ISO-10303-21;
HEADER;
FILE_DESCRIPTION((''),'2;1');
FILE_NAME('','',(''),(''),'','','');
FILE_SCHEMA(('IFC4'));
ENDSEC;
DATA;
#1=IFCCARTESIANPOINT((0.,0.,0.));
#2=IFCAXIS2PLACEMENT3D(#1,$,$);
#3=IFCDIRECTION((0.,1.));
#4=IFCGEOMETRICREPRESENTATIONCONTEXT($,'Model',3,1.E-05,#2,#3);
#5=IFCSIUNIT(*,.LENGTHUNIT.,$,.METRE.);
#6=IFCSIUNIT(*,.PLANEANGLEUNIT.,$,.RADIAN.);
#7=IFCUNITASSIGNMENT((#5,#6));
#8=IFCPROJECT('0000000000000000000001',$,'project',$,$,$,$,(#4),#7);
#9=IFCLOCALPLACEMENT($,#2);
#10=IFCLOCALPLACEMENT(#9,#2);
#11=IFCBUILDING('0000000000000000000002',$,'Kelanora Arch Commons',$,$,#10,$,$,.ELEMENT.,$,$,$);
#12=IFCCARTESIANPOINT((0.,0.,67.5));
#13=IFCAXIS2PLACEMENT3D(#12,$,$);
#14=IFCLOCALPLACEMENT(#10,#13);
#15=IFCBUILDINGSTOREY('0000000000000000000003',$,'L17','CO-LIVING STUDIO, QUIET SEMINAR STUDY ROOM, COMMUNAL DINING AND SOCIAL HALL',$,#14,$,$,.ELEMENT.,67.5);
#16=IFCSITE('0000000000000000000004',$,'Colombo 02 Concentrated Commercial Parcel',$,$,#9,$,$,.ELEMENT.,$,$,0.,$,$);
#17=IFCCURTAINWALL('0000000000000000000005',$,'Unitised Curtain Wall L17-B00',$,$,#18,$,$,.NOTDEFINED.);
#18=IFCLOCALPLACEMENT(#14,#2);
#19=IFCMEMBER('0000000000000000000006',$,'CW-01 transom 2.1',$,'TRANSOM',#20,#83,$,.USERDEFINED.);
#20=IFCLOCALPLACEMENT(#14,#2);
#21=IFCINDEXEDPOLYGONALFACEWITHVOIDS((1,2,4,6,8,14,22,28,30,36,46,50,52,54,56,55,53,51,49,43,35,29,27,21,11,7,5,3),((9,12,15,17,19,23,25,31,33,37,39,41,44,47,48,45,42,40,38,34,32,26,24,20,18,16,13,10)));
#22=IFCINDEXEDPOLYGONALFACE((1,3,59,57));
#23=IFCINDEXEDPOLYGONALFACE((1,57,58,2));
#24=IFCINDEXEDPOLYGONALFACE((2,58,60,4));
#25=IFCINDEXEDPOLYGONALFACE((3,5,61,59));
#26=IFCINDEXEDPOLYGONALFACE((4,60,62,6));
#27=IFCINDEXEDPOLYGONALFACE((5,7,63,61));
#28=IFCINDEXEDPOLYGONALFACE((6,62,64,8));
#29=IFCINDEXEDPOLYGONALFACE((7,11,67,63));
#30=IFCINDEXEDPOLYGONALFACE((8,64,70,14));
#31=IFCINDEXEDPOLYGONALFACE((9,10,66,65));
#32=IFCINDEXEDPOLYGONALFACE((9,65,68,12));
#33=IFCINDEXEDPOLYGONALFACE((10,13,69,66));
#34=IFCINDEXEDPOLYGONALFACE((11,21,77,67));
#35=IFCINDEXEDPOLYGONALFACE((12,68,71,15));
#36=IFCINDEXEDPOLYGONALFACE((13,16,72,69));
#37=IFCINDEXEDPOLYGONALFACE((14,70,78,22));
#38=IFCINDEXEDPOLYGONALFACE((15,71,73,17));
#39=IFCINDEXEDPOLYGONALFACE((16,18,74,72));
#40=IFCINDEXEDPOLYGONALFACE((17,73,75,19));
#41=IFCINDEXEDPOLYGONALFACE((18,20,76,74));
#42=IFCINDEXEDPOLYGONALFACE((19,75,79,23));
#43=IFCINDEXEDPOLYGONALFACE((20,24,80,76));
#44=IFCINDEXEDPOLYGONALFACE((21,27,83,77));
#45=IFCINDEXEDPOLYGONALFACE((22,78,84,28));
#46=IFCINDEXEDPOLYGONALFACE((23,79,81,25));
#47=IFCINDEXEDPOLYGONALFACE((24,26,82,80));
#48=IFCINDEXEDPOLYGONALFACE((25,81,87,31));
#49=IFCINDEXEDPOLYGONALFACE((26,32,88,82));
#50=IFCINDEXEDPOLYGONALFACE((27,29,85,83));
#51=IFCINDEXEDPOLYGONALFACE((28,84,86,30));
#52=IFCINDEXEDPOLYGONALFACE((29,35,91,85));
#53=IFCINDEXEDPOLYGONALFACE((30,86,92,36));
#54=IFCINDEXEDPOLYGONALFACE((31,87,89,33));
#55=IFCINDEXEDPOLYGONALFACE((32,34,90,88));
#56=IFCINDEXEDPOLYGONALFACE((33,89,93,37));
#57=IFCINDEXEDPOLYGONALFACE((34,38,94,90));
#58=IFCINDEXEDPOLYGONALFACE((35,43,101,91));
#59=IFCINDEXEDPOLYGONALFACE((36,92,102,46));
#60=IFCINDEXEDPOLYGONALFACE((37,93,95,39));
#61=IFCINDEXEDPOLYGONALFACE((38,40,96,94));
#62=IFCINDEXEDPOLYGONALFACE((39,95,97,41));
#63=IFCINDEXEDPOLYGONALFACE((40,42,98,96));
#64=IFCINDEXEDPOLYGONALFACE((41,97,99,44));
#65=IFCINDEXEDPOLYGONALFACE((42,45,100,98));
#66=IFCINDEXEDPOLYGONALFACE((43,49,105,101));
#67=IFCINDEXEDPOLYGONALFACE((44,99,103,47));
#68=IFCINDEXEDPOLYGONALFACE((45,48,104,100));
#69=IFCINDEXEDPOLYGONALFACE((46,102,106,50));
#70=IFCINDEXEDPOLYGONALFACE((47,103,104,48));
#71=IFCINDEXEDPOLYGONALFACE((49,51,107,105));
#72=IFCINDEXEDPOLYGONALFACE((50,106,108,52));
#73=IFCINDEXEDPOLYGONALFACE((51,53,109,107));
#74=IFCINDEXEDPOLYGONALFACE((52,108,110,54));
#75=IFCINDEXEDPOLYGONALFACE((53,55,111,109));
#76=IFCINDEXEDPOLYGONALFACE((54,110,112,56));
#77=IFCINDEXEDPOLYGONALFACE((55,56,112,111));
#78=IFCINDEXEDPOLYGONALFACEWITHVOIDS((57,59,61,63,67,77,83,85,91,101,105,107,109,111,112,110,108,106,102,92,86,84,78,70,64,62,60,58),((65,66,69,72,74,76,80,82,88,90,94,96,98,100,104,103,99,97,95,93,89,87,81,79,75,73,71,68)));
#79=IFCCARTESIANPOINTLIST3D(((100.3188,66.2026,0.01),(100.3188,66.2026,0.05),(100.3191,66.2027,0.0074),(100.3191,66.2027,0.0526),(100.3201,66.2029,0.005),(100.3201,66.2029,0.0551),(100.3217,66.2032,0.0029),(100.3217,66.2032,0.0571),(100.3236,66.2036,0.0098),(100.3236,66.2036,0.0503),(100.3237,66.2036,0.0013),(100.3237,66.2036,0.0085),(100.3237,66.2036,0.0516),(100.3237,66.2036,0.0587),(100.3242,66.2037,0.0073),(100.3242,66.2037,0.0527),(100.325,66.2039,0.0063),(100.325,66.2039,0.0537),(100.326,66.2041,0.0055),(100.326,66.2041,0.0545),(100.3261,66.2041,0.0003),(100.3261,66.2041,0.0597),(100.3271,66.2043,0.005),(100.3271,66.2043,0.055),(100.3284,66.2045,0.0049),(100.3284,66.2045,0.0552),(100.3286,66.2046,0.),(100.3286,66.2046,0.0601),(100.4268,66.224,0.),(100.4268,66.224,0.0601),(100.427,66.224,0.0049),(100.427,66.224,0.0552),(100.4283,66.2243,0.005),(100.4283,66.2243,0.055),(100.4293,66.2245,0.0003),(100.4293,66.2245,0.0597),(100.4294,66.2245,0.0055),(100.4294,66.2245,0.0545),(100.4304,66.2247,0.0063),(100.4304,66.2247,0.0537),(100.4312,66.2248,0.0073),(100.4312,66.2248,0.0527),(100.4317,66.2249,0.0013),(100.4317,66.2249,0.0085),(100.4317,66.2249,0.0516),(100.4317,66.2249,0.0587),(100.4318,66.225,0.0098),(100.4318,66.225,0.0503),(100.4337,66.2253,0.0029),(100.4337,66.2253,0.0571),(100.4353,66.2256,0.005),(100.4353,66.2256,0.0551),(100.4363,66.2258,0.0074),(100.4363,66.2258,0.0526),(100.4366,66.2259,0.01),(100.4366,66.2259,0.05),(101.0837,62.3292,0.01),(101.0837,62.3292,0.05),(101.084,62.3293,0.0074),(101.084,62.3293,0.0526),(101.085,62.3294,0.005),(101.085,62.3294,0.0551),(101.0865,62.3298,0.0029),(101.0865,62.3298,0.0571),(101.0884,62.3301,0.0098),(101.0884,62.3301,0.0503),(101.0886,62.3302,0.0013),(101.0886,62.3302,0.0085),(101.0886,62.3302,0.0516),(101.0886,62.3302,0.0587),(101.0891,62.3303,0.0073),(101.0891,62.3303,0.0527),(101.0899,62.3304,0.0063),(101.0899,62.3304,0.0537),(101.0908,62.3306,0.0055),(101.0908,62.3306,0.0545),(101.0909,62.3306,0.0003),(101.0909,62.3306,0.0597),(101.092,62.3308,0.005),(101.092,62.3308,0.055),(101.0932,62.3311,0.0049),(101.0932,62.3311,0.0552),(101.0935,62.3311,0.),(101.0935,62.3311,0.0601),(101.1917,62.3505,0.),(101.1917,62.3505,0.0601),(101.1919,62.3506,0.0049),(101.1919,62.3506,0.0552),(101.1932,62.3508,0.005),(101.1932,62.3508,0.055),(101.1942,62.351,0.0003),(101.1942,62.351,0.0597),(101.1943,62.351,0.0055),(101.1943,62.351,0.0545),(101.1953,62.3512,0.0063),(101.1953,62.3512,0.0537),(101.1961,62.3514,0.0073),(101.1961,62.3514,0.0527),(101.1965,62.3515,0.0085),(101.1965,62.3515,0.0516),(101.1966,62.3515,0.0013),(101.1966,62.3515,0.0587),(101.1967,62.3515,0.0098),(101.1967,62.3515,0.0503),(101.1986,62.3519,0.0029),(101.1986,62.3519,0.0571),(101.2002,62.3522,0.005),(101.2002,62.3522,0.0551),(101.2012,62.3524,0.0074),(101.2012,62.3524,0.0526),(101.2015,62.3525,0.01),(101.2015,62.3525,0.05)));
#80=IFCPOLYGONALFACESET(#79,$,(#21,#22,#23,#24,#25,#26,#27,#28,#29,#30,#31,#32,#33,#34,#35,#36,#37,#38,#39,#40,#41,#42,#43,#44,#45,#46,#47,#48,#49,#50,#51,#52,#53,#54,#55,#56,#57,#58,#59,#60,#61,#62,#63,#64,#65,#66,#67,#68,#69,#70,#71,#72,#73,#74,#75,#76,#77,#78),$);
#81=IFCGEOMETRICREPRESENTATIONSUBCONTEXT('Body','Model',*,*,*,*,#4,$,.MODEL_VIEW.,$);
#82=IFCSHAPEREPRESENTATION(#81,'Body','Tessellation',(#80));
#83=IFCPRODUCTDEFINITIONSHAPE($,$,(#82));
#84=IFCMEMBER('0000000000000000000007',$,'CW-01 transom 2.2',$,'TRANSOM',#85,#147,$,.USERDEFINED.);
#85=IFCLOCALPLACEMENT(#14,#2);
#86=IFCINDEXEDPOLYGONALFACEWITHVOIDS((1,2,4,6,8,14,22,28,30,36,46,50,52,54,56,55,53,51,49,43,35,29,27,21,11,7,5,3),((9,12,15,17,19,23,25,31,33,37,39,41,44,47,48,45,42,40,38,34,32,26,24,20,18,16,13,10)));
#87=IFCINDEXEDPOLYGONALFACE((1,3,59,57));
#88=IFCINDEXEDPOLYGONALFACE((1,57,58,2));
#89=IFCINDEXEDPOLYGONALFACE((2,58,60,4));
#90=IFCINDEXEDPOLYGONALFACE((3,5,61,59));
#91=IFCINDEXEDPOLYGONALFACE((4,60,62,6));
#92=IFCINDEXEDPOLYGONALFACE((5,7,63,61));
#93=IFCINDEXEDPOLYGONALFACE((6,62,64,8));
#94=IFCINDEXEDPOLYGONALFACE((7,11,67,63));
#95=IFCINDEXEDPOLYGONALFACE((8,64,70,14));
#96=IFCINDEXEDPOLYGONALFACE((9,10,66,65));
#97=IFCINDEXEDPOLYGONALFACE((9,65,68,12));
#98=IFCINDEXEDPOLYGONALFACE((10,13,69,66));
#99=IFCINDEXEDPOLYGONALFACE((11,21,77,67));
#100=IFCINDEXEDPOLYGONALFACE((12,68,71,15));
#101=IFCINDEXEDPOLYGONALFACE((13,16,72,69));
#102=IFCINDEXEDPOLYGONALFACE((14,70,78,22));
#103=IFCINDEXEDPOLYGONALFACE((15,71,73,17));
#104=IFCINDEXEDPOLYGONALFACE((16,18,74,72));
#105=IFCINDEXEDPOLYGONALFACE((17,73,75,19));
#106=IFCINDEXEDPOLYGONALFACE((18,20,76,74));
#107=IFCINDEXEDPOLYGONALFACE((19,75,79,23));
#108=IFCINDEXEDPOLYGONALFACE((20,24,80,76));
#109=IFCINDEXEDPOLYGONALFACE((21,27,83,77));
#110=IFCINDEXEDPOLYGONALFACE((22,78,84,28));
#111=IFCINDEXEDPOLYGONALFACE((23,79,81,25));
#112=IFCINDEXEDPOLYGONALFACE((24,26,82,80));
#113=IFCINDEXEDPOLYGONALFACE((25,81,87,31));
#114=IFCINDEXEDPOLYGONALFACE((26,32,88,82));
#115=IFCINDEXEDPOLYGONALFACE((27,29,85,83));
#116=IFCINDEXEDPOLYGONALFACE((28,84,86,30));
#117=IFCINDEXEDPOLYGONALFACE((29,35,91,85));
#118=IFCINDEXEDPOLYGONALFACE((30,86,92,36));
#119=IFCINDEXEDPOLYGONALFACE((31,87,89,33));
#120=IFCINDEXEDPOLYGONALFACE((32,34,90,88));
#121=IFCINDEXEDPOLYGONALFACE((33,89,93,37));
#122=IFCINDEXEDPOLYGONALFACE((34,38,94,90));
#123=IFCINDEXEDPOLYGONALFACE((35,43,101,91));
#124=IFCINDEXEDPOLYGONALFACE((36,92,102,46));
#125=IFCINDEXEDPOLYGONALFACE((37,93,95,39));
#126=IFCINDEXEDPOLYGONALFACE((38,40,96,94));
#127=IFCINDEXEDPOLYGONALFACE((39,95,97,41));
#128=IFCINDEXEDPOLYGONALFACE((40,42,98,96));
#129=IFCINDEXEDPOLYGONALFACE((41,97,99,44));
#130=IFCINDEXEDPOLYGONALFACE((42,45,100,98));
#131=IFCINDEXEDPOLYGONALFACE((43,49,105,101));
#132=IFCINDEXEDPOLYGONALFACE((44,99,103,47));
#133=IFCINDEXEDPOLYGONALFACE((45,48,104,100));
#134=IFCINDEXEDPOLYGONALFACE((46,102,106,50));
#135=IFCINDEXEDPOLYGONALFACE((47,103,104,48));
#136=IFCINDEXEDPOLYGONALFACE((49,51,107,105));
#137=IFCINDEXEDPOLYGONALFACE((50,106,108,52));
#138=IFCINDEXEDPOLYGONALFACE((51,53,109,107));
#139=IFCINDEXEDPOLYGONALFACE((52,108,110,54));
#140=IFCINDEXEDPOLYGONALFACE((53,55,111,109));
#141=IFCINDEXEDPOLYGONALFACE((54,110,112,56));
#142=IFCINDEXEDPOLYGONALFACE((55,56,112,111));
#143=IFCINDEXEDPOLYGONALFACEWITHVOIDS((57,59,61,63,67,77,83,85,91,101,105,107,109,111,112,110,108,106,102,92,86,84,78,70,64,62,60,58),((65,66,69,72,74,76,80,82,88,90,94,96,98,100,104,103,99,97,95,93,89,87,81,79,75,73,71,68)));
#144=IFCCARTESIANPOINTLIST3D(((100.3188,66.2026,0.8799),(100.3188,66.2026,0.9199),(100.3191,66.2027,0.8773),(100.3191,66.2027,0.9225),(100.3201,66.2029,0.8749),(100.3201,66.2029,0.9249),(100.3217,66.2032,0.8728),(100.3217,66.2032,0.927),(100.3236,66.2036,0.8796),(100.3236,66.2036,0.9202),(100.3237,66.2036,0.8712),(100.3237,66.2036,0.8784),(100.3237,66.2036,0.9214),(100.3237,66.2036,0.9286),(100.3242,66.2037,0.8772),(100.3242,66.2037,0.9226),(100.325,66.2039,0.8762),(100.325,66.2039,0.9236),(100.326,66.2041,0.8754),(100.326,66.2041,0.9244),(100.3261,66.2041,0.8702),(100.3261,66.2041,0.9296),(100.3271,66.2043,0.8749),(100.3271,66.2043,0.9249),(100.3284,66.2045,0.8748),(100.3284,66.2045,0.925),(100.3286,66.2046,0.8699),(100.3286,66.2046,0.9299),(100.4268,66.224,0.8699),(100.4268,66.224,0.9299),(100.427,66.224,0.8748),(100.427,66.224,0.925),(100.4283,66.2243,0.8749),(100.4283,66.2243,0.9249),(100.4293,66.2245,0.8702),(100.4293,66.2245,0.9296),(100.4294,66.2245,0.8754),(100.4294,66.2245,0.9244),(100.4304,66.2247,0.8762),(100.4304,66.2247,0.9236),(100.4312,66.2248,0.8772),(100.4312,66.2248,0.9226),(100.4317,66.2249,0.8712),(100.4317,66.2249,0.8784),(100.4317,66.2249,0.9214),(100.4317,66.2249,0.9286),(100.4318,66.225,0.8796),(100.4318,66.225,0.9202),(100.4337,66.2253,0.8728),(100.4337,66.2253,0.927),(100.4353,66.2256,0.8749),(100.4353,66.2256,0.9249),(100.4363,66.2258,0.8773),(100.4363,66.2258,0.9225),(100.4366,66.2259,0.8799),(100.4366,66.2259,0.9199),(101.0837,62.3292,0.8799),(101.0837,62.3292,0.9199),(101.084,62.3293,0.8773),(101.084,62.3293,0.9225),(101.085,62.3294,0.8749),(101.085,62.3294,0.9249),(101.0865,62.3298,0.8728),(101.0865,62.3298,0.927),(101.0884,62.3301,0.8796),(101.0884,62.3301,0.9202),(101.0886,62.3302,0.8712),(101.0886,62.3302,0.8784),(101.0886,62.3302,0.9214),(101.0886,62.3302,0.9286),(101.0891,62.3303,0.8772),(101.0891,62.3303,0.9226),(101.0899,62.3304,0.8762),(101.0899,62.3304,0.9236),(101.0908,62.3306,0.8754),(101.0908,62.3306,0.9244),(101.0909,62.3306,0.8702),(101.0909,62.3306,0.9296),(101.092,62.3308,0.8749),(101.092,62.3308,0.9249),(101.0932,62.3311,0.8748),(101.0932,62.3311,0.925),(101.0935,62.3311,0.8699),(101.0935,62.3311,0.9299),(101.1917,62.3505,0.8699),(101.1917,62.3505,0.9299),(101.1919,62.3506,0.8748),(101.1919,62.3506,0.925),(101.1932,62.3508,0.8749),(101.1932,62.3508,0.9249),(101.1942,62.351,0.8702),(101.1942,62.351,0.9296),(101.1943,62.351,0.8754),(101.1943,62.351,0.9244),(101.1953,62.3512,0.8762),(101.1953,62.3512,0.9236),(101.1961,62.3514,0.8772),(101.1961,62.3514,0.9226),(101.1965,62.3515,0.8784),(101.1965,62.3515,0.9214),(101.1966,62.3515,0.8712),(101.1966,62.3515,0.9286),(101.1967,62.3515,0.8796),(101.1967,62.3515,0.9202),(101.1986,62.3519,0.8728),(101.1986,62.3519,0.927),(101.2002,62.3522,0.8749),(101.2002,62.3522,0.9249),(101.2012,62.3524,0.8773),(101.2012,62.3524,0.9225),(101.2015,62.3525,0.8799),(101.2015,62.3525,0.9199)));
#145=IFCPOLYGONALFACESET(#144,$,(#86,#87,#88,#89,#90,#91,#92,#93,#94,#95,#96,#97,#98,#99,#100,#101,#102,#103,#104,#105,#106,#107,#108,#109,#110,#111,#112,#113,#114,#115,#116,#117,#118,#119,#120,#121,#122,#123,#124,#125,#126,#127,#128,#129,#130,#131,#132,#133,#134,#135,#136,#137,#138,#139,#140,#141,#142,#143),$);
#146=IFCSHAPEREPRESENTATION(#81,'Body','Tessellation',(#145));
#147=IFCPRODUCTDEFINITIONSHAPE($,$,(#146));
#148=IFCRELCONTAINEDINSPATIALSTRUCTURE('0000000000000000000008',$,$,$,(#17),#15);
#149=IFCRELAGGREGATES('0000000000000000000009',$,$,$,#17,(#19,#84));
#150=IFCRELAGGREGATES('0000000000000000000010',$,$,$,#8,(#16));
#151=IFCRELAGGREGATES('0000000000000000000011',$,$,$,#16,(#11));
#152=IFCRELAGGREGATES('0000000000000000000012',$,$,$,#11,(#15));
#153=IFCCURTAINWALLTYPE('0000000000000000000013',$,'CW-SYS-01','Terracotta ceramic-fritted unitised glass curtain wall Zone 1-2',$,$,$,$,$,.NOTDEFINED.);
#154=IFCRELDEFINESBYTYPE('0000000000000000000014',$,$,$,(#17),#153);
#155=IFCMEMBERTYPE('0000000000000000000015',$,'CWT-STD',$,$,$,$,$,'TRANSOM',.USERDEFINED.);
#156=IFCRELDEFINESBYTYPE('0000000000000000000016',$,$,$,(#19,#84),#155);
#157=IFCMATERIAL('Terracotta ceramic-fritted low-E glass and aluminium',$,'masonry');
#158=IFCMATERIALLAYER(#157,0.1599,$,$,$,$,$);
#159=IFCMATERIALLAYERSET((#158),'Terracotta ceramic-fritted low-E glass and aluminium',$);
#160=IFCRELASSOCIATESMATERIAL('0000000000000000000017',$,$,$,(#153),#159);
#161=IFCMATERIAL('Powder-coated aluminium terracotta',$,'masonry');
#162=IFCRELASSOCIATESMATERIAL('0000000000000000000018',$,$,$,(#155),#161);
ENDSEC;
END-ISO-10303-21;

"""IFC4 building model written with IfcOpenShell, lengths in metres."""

from ifc_helpers import new_model, si_unit, direction, frame, origin, origin_2d, place, context, subcontext, project, spatial, hollow_rectangle, extrude, material, layer, layer_set, material_profile, profile_set, type_object, element, aggregate, save


model = new_model("IFC4")

# Units and contexts
model_context = context("Model", 3, precision=1e-05, world=origin(), true_north=direction((0.0, 1.0)))
body_context = subcontext(model_context, "Body", "Model", "MODEL_VIEW")
ifc_project = project(units=[si_unit("LENGTHUNIT", "METRE"), si_unit("PLANEANGLEUNIT", "RADIAN")], contexts=[model_context])

# Site, building, storey
site_placement = place(None, origin())
site = spatial("IfcSite", under=ifc_project, at=site_placement, Name="Colombo 02 Concentrated Commercial Parcel", CompositionType="ELEMENT", RefElevation=0.0)
building_placement = place(site_placement, origin())
building = spatial("IfcBuilding", under=site, at=building_placement, Name="Kelanora Arch Commons", CompositionType="ELEMENT")
storey_placement = place(building_placement, frame((0.0, 0.0, 67.5)))
storey = spatial("IfcBuildingStorey", under=building, at=storey_placement, Name="L17", Description="CO-LIVING STUDIO, QUIET SEMINAR STUDY ROOM, COMMUNAL DINING AND SOCIAL HALL", CompositionType="ELEMENT", Elevation=67.5)

# Curtain wall, members
ifc_material_1 = material(Name="Terracotta ceramic-fritted low-E glass and aluminium", Category="masonry")
ifc_layer_1 = layer(ifc_material_1, 0.1599)
ifc_layer_set_1 = layer_set([ifc_layer_1], Name="Terracotta ceramic-fritted low-E glass and aluminium")
curtain_wall_type = type_object("IfcCurtainWallType", Name="CW-SYS-01", Description="Terracotta ceramic-fritted unitised glass curtain wall Zone 1-2", PredefinedType="NOTDEFINED", material=ifc_layer_set_1)
curtain_wall_placement = place(storey_placement, origin())
curtain_wall = element("IfcCurtainWall", 1, at=curtain_wall_placement, inside=storey, type_object=curtain_wall_type, Name="Unitised Curtain Wall L17-B00", PredefinedType="NOTDEFINED")
ifc_material_2 = material(Name="Powder-coated aluminium terracotta", Category="masonry")
ifc_material_profile_1 = material_profile(ifc_material_2, hollow_rectangle(XDim=0.1201, YDim=0.0601, WallThickness=0.0049, InnerFilletRadius=0.0049, OuterFilletRadius=0.01, at=origin_2d()), Name="CWT120x60")
ifc_profile_set_1 = profile_set([ifc_material_profile_1], Name="Powder-coated aluminium terracotta")
member_type_1 = type_object("IfcMemberType", Name="CWT-STD", ElementType="TRANSOM", PredefinedType="USERDEFINED", material=ifc_profile_set_1)
member_1_placement = place(storey_placement, frame((101.1426, 62.3408, 0.03), z_axis=(-0.193725, 0.981056, 0.0), x_axis=(-0.981056, -0.193725, 0.0)))
member_1 = element("IfcMember", 2, at=member_1_placement, type_object=member_type_1, Name="CW-01 transom 2.1", ObjectType="TRANSOM", PredefinedType="USERDEFINED", context=body_context, shape_type="SweptSolid", body=[
    extrude(hollow_rectangle(XDim=0.1201, YDim=0.0601, WallThickness=0.0049, InnerFilletRadius=0.0049, OuterFilletRadius=0.01, at=origin_2d()), origin(), (0.0, 0.0, 1.0), 3.9482),
])
member_2_placement = place(storey_placement, frame((101.1426, 62.3408, 0.8999), z_axis=(-0.193725, 0.981056, 0.0), x_axis=(-0.981056, -0.193725, 0.0)))
member_2 = element("IfcMember", 3, at=member_2_placement, type_object=member_type_1, Name="CW-01 transom 2.2", ObjectType="TRANSOM", PredefinedType="USERDEFINED", context=body_context, shape_type="SweptSolid", body=[
    extrude(hollow_rectangle(XDim=0.1201, YDim=0.0601, WallThickness=0.0049, InnerFilletRadius=0.0049, OuterFilletRadius=0.01, at=origin_2d()), origin(), (0.0, 0.0, 1.0), 3.9482),
])
aggregate(curtain_wall, [member_1, member_2])

save(model, "model.ifc")
